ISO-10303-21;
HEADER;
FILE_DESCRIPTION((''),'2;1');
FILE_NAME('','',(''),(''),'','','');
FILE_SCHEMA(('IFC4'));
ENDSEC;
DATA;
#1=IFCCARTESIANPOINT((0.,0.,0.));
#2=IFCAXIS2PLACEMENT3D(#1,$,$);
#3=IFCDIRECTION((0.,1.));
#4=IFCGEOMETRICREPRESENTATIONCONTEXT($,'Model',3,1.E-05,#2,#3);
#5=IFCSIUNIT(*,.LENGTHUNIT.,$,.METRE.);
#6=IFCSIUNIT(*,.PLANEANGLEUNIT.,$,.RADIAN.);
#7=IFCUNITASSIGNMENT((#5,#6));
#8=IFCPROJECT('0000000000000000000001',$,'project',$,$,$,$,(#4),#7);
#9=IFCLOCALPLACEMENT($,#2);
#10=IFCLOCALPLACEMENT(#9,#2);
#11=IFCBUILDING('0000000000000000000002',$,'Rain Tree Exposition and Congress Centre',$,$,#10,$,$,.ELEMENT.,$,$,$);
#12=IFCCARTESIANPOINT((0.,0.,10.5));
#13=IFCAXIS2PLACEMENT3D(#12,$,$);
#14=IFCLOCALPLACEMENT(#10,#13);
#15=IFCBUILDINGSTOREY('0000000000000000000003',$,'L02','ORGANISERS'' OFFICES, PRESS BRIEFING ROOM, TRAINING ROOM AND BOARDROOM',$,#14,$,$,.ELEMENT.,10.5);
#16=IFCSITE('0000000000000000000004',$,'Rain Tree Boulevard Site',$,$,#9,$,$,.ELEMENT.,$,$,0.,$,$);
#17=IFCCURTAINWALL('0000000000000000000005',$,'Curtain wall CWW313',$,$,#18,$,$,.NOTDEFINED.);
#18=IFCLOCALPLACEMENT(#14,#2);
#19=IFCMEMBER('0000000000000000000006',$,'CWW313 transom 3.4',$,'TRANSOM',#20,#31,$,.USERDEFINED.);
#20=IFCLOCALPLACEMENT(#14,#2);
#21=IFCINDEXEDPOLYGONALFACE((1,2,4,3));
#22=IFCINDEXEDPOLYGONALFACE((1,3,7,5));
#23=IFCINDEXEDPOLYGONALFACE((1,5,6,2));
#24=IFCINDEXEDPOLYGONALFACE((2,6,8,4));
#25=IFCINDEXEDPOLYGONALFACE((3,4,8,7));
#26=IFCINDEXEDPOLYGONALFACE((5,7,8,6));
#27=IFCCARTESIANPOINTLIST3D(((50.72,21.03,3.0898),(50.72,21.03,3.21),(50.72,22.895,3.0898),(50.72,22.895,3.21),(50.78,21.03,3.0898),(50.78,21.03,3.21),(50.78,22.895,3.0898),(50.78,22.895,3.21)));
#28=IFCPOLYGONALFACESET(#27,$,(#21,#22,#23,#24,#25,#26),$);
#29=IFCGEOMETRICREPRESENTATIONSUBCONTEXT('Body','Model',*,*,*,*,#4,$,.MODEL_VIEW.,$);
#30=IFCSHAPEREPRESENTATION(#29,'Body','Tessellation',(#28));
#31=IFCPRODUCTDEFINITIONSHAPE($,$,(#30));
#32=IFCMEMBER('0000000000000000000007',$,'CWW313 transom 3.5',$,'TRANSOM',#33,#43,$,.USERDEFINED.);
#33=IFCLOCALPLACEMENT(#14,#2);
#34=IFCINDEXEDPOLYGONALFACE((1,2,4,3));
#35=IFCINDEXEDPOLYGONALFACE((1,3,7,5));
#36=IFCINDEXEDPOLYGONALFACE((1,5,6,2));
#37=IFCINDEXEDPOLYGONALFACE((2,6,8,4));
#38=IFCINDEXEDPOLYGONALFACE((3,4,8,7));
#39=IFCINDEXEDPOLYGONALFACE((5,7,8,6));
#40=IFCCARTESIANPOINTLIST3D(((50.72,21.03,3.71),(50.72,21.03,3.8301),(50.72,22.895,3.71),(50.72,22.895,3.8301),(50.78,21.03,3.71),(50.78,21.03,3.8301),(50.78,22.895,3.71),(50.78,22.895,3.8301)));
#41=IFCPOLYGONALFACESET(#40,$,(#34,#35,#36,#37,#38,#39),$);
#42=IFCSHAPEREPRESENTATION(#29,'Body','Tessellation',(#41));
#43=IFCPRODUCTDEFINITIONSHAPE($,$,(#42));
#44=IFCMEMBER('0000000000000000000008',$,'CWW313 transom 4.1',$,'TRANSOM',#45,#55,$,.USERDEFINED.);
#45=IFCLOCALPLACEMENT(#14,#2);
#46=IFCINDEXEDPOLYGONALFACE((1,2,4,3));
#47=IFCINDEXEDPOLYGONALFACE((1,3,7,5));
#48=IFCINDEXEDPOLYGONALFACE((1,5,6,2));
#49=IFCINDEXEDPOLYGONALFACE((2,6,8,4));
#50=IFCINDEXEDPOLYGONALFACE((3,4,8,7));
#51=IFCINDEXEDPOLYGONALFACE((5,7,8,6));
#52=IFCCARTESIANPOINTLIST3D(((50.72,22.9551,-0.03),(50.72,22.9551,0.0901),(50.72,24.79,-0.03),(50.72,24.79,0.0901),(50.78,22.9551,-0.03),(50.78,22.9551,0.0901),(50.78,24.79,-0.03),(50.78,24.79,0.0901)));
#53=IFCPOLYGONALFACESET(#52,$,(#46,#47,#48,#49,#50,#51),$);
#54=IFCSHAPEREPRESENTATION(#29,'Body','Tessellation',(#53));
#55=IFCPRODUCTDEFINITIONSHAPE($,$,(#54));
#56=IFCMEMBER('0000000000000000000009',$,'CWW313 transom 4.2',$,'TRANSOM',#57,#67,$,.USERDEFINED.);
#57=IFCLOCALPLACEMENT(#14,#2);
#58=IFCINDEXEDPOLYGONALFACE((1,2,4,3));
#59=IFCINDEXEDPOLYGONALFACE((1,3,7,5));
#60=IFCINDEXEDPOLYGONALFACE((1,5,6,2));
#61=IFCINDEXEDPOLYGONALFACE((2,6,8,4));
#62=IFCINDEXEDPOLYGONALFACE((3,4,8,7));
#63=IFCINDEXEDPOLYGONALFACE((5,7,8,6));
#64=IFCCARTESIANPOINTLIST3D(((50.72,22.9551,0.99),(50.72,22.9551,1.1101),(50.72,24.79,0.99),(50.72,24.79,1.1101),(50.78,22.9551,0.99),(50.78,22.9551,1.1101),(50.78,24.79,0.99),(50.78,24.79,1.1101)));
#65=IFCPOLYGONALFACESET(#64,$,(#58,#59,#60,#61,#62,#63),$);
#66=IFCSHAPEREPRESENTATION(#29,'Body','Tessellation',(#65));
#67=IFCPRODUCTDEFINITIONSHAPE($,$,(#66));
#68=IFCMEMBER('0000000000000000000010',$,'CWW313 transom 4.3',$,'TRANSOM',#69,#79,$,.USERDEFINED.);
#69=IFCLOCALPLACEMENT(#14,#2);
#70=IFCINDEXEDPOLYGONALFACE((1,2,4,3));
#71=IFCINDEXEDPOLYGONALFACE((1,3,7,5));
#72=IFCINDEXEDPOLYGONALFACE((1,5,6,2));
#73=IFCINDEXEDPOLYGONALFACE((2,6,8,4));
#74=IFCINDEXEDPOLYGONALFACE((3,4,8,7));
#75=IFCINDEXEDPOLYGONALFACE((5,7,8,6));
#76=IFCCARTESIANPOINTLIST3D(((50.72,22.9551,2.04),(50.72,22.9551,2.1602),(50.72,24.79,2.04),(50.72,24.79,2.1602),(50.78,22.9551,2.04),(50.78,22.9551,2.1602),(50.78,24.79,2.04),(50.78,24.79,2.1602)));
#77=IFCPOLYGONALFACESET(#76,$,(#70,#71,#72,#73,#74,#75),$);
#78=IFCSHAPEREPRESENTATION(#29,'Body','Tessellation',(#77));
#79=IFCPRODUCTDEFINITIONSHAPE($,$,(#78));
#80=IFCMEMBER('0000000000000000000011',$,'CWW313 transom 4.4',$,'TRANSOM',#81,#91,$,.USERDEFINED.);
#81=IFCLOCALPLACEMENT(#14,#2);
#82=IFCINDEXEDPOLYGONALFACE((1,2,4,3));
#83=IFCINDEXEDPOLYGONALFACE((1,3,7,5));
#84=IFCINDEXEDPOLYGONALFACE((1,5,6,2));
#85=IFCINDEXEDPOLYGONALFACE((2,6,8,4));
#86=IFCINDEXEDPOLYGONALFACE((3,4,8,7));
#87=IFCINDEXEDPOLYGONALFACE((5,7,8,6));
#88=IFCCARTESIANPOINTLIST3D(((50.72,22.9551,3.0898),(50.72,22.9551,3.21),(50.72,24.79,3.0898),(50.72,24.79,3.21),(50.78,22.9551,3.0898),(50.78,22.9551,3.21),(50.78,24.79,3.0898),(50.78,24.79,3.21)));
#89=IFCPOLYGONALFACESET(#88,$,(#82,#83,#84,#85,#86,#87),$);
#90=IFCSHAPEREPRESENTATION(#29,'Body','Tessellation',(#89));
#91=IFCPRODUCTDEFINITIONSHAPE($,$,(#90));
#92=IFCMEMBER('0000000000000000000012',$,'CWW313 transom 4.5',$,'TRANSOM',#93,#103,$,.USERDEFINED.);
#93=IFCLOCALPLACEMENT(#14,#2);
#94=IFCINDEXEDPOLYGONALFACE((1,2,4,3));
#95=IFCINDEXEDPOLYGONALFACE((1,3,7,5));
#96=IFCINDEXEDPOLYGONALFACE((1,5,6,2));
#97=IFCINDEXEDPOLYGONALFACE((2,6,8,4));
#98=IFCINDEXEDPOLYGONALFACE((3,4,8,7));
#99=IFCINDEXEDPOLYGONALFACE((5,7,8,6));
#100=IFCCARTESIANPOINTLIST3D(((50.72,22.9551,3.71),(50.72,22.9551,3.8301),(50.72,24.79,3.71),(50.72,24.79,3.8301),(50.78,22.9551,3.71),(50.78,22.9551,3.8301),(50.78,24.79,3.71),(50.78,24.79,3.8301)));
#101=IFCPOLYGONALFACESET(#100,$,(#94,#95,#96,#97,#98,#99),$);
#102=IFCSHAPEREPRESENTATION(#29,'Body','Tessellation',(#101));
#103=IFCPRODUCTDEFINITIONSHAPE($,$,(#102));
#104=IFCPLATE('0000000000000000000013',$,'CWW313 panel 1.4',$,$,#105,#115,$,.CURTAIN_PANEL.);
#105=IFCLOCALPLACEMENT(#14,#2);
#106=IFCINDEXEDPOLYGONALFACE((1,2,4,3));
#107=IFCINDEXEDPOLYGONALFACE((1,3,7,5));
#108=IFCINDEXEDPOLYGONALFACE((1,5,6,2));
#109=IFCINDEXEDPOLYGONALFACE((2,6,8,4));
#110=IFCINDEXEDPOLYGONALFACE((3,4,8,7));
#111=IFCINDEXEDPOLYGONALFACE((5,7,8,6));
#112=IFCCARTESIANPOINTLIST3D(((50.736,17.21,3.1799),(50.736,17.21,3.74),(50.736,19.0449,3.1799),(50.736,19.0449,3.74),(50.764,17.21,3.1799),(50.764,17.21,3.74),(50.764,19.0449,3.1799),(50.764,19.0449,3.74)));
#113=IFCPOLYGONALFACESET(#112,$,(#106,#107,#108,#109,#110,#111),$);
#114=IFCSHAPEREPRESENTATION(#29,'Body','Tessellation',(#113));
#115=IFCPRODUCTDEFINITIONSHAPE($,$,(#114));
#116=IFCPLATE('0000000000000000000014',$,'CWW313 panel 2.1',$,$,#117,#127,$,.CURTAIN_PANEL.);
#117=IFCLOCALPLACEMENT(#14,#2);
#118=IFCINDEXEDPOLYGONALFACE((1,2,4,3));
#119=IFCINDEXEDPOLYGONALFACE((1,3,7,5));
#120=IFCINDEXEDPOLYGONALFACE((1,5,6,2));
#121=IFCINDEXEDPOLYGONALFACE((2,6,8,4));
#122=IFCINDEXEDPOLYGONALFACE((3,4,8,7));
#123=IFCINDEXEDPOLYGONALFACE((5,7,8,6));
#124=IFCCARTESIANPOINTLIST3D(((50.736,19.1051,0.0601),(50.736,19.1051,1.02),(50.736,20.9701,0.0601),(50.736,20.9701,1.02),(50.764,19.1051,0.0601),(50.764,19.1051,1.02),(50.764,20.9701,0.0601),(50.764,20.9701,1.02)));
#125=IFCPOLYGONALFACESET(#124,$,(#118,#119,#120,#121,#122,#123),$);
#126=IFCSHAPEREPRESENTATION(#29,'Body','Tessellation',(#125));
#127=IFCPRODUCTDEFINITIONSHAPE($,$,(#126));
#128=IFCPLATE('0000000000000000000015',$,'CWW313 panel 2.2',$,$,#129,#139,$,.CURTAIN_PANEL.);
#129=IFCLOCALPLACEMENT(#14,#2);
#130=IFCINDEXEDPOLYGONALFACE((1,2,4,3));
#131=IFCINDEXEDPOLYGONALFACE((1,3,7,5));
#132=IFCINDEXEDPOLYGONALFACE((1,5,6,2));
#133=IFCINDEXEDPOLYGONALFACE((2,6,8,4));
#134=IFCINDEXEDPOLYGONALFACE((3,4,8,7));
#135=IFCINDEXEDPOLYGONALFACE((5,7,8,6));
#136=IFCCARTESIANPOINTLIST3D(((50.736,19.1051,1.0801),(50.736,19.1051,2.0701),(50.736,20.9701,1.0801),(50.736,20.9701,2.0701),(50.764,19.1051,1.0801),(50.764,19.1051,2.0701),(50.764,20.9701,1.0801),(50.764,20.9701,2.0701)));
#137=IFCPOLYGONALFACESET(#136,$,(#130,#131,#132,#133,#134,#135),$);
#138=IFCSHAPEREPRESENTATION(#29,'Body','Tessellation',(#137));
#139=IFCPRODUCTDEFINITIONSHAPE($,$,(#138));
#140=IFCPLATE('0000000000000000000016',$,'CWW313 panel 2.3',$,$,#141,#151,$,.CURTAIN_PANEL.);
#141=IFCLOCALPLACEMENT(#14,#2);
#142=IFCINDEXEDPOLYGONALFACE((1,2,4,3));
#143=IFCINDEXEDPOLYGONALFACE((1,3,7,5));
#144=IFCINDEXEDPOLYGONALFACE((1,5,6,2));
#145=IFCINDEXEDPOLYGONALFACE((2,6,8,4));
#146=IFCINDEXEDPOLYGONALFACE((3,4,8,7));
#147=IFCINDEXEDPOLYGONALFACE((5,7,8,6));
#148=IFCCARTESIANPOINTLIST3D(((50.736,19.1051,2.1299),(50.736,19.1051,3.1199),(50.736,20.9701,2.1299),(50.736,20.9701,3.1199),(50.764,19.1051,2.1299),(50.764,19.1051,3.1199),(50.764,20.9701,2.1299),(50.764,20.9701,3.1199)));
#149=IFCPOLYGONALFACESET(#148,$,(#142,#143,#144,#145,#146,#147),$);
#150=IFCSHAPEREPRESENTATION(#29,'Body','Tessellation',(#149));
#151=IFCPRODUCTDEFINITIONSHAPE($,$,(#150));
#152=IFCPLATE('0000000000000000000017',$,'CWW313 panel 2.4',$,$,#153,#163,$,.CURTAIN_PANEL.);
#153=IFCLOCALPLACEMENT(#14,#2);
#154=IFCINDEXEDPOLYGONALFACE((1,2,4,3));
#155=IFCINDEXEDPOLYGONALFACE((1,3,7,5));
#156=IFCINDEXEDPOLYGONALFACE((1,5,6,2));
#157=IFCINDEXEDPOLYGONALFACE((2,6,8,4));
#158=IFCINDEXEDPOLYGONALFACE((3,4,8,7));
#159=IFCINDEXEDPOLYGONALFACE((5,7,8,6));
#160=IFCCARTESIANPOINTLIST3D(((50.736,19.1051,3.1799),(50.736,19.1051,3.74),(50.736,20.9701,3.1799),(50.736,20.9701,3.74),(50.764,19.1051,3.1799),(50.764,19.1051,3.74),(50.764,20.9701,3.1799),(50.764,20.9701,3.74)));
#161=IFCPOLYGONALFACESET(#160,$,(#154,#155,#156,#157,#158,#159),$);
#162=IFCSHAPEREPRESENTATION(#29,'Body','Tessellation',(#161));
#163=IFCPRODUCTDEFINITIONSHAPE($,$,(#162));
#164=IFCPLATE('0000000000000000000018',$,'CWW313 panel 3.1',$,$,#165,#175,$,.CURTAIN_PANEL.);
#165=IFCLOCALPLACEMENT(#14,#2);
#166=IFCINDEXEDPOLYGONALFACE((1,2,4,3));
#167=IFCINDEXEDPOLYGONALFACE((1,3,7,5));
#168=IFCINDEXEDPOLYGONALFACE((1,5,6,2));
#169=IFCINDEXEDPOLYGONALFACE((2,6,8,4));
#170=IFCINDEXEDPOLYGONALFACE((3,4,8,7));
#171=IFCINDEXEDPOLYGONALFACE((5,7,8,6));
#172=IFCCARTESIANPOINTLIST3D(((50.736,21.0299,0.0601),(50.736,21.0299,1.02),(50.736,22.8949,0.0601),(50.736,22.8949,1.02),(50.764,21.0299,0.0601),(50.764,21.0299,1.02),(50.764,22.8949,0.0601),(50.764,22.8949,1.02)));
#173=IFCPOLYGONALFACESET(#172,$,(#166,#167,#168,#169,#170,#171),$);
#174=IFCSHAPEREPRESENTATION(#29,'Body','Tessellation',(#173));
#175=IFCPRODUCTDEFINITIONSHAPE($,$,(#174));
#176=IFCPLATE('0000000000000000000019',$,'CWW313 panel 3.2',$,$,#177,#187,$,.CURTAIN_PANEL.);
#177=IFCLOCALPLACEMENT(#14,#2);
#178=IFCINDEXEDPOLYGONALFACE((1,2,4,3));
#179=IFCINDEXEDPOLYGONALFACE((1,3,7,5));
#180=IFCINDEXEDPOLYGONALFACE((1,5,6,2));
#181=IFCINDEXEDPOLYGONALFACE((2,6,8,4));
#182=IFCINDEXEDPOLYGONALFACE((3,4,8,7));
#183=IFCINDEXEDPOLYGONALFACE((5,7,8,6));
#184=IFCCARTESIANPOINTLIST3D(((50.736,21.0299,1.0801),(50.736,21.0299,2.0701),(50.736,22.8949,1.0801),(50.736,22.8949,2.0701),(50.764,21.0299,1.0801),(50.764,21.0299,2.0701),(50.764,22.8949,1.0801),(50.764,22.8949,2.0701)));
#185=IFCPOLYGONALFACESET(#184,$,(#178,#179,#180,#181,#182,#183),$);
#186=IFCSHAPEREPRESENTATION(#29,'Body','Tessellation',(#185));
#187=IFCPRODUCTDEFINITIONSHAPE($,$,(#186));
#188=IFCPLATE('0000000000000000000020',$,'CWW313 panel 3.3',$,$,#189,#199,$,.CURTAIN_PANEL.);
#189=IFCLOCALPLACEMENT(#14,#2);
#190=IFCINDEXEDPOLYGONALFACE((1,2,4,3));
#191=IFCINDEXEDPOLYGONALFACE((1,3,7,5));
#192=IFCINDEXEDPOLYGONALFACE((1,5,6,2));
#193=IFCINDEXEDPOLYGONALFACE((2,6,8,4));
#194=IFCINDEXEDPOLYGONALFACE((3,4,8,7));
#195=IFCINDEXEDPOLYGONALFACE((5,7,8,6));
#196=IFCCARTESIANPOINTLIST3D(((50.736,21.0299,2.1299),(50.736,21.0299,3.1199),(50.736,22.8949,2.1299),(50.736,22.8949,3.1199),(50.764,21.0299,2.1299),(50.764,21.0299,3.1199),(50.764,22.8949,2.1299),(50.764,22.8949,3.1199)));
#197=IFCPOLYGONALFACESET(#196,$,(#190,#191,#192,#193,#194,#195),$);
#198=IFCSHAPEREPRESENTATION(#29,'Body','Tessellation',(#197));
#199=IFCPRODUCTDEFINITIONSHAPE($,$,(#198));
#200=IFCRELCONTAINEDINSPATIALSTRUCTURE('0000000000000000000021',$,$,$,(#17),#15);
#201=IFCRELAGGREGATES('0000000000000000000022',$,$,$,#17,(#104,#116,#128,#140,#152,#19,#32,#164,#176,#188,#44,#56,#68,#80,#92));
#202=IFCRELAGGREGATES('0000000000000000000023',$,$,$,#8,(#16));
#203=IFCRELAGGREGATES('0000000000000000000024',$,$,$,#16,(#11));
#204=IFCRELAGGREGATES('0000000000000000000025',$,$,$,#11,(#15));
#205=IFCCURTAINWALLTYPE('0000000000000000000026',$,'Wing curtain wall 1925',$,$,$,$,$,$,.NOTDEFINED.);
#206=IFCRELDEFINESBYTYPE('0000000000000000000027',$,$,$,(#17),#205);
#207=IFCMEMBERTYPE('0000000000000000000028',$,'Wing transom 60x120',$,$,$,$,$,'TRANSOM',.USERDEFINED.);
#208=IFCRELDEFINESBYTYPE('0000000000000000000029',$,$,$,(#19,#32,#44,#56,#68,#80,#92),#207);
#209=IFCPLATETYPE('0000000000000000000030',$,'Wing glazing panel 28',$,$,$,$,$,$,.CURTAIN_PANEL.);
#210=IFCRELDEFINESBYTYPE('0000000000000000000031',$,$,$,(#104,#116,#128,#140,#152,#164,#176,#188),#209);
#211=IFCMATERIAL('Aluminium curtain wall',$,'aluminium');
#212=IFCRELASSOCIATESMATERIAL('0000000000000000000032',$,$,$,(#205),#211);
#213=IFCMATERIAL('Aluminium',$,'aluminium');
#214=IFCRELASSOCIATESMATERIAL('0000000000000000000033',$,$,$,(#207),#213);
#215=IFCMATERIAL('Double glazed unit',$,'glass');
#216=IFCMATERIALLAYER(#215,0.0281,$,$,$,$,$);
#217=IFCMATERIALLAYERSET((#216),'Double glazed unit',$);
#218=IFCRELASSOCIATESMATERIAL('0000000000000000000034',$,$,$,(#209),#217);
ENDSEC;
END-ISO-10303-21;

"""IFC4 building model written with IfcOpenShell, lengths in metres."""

from ifc_helpers import new_model, si_unit, direction, frame, origin, origin_2d, place, context, subcontext, project, spatial, rectangle, extrude, material, layer, layer_set, material_profile, profile_set, type_object, element, aggregate, save


model = new_model("IFC4")

# Units and contexts
model_context = context("Model", 3, precision=1e-05, world=origin(), true_north=direction((0.0, 1.0)))
body_context = subcontext(model_context, "Body", "Model", "MODEL_VIEW")
ifc_project = project(units=[si_unit("LENGTHUNIT", "METRE"), si_unit("PLANEANGLEUNIT", "RADIAN")], contexts=[model_context])

# Site, building, storey
site_placement = place(None, origin())
site = spatial("IfcSite", under=ifc_project, at=site_placement, Name="Rain Tree Boulevard Site", CompositionType="ELEMENT", RefElevation=0.0)
building_placement = place(site_placement, origin())
building = spatial("IfcBuilding", under=site, at=building_placement, Name="Rain Tree Exposition and Congress Centre", CompositionType="ELEMENT")
storey_placement = place(building_placement, frame((0.0, 0.0, 10.5)))
storey = spatial("IfcBuildingStorey", under=building, at=storey_placement, Name="L02", Description="ORGANISERS' OFFICES, PRESS BRIEFING ROOM, TRAINING ROOM AND BOARDROOM", CompositionType="ELEMENT", Elevation=10.5)

# Curtain wall, members, plates
ifc_material_1 = material(Name="Aluminium curtain wall", Category="aluminium")
curtain_wall_type = type_object("IfcCurtainWallType", Name="Wing curtain wall 1925", PredefinedType="NOTDEFINED", material=ifc_material_1)
curtain_wall_placement = place(storey_placement, origin())
curtain_wall = element("IfcCurtainWall", 1, at=curtain_wall_placement, inside=storey, type_object=curtain_wall_type, Name="Curtain wall CWW313", PredefinedType="NOTDEFINED")
ifc_material_2 = material(Name="Aluminium", Category="aluminium")
ifc_material_profile_1 = material_profile(ifc_material_2, rectangle(XDim=0.0601, YDim=0.1201, at=origin_2d()), Name="Aluminium 60x120")
ifc_profile_set_1 = profile_set([ifc_material_profile_1], Name="Aluminium")
member_type_1 = type_object("IfcMemberType", Name="Wing transom 60x120", ElementType="TRANSOM", PredefinedType="USERDEFINED", material=ifc_profile_set_1)
member_1_placement = place(storey_placement, frame((50.75, 21.03, 3.1499), z_axis=(0.0, 1.0, 0.0), x_axis=(-1.0, 0.0, 0.0)))
member_1 = element("IfcMember", 2, at=member_1_placement, type_object=member_type_1, Name="CWW313 transom 3.4", ObjectType="TRANSOM", PredefinedType="USERDEFINED", context=body_context, shape_type="SweptSolid", body=[
    extrude(rectangle(XDim=0.0601, YDim=0.1201, at=origin_2d()), origin(), (0.0, 0.0, 1.0), 1.865),
])
member_2_placement = place(storey_placement, frame((50.75, 21.03, 3.77), z_axis=(0.0, 1.0, 0.0), x_axis=(-1.0, 0.0, 0.0)))
member_2 = element("IfcMember", 3, at=member_2_placement, type_object=member_type_1, Name="CWW313 transom 3.5", ObjectType="TRANSOM", PredefinedType="USERDEFINED", context=body_context, shape_type="SweptSolid", body=[
    extrude(rectangle(XDim=0.0601, YDim=0.1201, at=origin_2d()), origin(), (0.0, 0.0, 1.0), 1.865),
])
member_3_placement = place(storey_placement, frame((50.75, 22.9551, 0.03), z_axis=(0.0, 1.0, 0.0), x_axis=(-1.0, 0.0, 0.0)))
member_3 = element("IfcMember", 4, at=member_3_placement, type_object=member_type_1, Name="CWW313 transom 4.1", ObjectType="TRANSOM", PredefinedType="USERDEFINED", context=body_context, shape_type="SweptSolid", body=[
    extrude(rectangle(XDim=0.0601, YDim=0.1201, at=origin_2d()), origin(), (0.0, 0.0, 1.0), 1.835),
])
member_4_placement = place(storey_placement, frame((50.75, 22.9551, 1.05), z_axis=(0.0, 1.0, 0.0), x_axis=(-1.0, 0.0, 0.0)))
member_4 = element("IfcMember", 5, at=member_4_placement, type_object=member_type_1, Name="CWW313 transom 4.2", ObjectType="TRANSOM", PredefinedType="USERDEFINED", context=body_context, shape_type="SweptSolid", body=[
    extrude(rectangle(XDim=0.0601, YDim=0.1201, at=origin_2d()), origin(), (0.0, 0.0, 1.0), 1.835),
])
member_5_placement = place(storey_placement, frame((50.75, 22.9551, 2.1001), z_axis=(0.0, 1.0, 0.0), x_axis=(-1.0, 0.0, 0.0)))
member_5 = element("IfcMember", 6, at=member_5_placement, type_object=member_type_1, Name="CWW313 transom 4.3", ObjectType="TRANSOM", PredefinedType="USERDEFINED", context=body_context, shape_type="SweptSolid", body=[
    extrude(rectangle(XDim=0.0601, YDim=0.1201, at=origin_2d()), origin(), (0.0, 0.0, 1.0), 1.835),
])
member_6_placement = place(storey_placement, frame((50.75, 22.9551, 3.1499), z_axis=(0.0, 1.0, 0.0), x_axis=(-1.0, 0.0, 0.0)))
member_6 = element("IfcMember", 7, at=member_6_placement, type_object=member_type_1, Name="CWW313 transom 4.4", ObjectType="TRANSOM", PredefinedType="USERDEFINED", context=body_context, shape_type="SweptSolid", body=[
    extrude(rectangle(XDim=0.0601, YDim=0.1201, at=origin_2d()), origin(), (0.0, 0.0, 1.0), 1.835),
])
member_7_placement = place(storey_placement, frame((50.75, 22.9551, 3.77), z_axis=(0.0, 1.0, 0.0), x_axis=(-1.0, 0.0, 0.0)))
member_7 = element("IfcMember", 8, at=member_7_placement, type_object=member_type_1, Name="CWW313 transom 4.5", ObjectType="TRANSOM", PredefinedType="USERDEFINED", context=body_context, shape_type="SweptSolid", body=[
    extrude(rectangle(XDim=0.0601, YDim=0.1201, at=origin_2d()), origin(), (0.0, 0.0, 1.0), 1.835),
])
ifc_material_3 = material(Name="Double glazed unit", Category="glass")
ifc_layer_1 = layer(ifc_material_3, 0.0281)
ifc_layer_set_1 = layer_set([ifc_layer_1], Name="Double glazed unit")
plate_type = type_object("IfcPlateType", Name="Wing glazing panel 28", PredefinedType="CURTAIN_PANEL", material=ifc_layer_set_1)
plate_1_placement = place(storey_placement, frame((50.75, 18.1274, 3.1799), z_axis=(0.0, 0.0, 1.0), x_axis=(0.0, 1.0, 0.0)))
plate_1 = element("IfcPlate", 9, at=plate_1_placement, type_object=plate_type, Name="CWW313 panel 1.4", PredefinedType="CURTAIN_PANEL", context=body_context, shape_type="SweptSolid", body=[
    extrude(rectangle(XDim=1.835, YDim=0.0281, at=origin_2d()), origin(), (0.0, 0.0, 1.0), 0.5601),
])
plate_2_placement = place(storey_placement, frame((50.75, 20.0376, 0.0601), z_axis=(0.0, 0.0, 1.0), x_axis=(0.0, 1.0, 0.0)))
plate_2 = element("IfcPlate", 10, at=plate_2_placement, type_object=plate_type, Name="CWW313 panel 2.1", PredefinedType="CURTAIN_PANEL", context=body_context, shape_type="SweptSolid", body=[
    extrude(rectangle(XDim=1.865, YDim=0.0281, at=origin_2d()), origin(), (0.0, 0.0, 1.0), 0.96),
])
plate_3_placement = place(storey_placement, frame((50.75, 20.0376, 1.0801), z_axis=(0.0, 0.0, 1.0), x_axis=(0.0, 1.0, 0.0)))
plate_3 = element("IfcPlate", 11, at=plate_3_placement, type_object=plate_type, Name="CWW313 panel 2.2", PredefinedType="CURTAIN_PANEL", context=body_context, shape_type="SweptSolid", body=[
    extrude(rectangle(XDim=1.865, YDim=0.0281, at=origin_2d()), origin(), (0.0, 0.0, 1.0), 0.99),
])
plate_4_placement = place(storey_placement, frame((50.75, 20.0376, 2.1299), z_axis=(0.0, 0.0, 1.0), x_axis=(0.0, 1.0, 0.0)))
plate_4 = element("IfcPlate", 12, at=plate_4_placement, type_object=plate_type, Name="CWW313 panel 2.3", PredefinedType="CURTAIN_PANEL", context=body_context, shape_type="SweptSolid", body=[
    extrude(rectangle(XDim=1.865, YDim=0.0281, at=origin_2d()), origin(), (0.0, 0.0, 1.0), 0.99),
])
plate_5_placement = place(storey_placement, frame((50.75, 20.0376, 3.1799), z_axis=(0.0, 0.0, 1.0), x_axis=(0.0, 1.0, 0.0)))
plate_5 = element("IfcPlate", 13, at=plate_5_placement, type_object=plate_type, Name="CWW313 panel 2.4", PredefinedType="CURTAIN_PANEL", context=body_context, shape_type="SweptSolid", body=[
    extrude(rectangle(XDim=1.865, YDim=0.0281, at=origin_2d()), origin(), (0.0, 0.0, 1.0), 0.5601),
])
plate_6_placement = place(storey_placement, frame((50.75, 21.9624, 0.0601), z_axis=(0.0, 0.0, 1.0), x_axis=(0.0, 1.0, 0.0)))
plate_6 = element("IfcPlate", 14, at=plate_6_placement, type_object=plate_type, Name="CWW313 panel 3.1", PredefinedType="CURTAIN_PANEL", context=body_context, shape_type="SweptSolid", body=[
    extrude(rectangle(XDim=1.865, YDim=0.0281, at=origin_2d()), origin(), (0.0, 0.0, 1.0), 0.96),
])
plate_7_placement = place(storey_placement, frame((50.75, 21.9624, 1.0801), z_axis=(0.0, 0.0, 1.0), x_axis=(0.0, 1.0, 0.0)))
plate_7 = element("IfcPlate", 15, at=plate_7_placement, type_object=plate_type, Name="CWW313 panel 3.2", PredefinedType="CURTAIN_PANEL", context=body_context, shape_type="SweptSolid", body=[
    extrude(rectangle(XDim=1.865, YDim=0.0281, at=origin_2d()), origin(), (0.0, 0.0, 1.0), 0.99),
])
plate_8_placement = place(storey_placement, frame((50.75, 21.9624, 2.1299), z_axis=(0.0, 0.0, 1.0), x_axis=(0.0, 1.0, 0.0)))
plate_8 = element("IfcPlate", 16, at=plate_8_placement, type_object=plate_type, Name="CWW313 panel 3.3", PredefinedType="CURTAIN_PANEL", context=body_context, shape_type="SweptSolid", body=[
    extrude(rectangle(XDim=1.865, YDim=0.0281, at=origin_2d()), origin(), (0.0, 0.0, 1.0), 0.99),
])
aggregate(curtain_wall, [plate_1, plate_2, plate_3, plate_4, plate_5, member_1, member_2, plate_6, plate_7, plate_8, member_3, member_4, member_5, member_6, member_7])

save(model, "model.ifc")
